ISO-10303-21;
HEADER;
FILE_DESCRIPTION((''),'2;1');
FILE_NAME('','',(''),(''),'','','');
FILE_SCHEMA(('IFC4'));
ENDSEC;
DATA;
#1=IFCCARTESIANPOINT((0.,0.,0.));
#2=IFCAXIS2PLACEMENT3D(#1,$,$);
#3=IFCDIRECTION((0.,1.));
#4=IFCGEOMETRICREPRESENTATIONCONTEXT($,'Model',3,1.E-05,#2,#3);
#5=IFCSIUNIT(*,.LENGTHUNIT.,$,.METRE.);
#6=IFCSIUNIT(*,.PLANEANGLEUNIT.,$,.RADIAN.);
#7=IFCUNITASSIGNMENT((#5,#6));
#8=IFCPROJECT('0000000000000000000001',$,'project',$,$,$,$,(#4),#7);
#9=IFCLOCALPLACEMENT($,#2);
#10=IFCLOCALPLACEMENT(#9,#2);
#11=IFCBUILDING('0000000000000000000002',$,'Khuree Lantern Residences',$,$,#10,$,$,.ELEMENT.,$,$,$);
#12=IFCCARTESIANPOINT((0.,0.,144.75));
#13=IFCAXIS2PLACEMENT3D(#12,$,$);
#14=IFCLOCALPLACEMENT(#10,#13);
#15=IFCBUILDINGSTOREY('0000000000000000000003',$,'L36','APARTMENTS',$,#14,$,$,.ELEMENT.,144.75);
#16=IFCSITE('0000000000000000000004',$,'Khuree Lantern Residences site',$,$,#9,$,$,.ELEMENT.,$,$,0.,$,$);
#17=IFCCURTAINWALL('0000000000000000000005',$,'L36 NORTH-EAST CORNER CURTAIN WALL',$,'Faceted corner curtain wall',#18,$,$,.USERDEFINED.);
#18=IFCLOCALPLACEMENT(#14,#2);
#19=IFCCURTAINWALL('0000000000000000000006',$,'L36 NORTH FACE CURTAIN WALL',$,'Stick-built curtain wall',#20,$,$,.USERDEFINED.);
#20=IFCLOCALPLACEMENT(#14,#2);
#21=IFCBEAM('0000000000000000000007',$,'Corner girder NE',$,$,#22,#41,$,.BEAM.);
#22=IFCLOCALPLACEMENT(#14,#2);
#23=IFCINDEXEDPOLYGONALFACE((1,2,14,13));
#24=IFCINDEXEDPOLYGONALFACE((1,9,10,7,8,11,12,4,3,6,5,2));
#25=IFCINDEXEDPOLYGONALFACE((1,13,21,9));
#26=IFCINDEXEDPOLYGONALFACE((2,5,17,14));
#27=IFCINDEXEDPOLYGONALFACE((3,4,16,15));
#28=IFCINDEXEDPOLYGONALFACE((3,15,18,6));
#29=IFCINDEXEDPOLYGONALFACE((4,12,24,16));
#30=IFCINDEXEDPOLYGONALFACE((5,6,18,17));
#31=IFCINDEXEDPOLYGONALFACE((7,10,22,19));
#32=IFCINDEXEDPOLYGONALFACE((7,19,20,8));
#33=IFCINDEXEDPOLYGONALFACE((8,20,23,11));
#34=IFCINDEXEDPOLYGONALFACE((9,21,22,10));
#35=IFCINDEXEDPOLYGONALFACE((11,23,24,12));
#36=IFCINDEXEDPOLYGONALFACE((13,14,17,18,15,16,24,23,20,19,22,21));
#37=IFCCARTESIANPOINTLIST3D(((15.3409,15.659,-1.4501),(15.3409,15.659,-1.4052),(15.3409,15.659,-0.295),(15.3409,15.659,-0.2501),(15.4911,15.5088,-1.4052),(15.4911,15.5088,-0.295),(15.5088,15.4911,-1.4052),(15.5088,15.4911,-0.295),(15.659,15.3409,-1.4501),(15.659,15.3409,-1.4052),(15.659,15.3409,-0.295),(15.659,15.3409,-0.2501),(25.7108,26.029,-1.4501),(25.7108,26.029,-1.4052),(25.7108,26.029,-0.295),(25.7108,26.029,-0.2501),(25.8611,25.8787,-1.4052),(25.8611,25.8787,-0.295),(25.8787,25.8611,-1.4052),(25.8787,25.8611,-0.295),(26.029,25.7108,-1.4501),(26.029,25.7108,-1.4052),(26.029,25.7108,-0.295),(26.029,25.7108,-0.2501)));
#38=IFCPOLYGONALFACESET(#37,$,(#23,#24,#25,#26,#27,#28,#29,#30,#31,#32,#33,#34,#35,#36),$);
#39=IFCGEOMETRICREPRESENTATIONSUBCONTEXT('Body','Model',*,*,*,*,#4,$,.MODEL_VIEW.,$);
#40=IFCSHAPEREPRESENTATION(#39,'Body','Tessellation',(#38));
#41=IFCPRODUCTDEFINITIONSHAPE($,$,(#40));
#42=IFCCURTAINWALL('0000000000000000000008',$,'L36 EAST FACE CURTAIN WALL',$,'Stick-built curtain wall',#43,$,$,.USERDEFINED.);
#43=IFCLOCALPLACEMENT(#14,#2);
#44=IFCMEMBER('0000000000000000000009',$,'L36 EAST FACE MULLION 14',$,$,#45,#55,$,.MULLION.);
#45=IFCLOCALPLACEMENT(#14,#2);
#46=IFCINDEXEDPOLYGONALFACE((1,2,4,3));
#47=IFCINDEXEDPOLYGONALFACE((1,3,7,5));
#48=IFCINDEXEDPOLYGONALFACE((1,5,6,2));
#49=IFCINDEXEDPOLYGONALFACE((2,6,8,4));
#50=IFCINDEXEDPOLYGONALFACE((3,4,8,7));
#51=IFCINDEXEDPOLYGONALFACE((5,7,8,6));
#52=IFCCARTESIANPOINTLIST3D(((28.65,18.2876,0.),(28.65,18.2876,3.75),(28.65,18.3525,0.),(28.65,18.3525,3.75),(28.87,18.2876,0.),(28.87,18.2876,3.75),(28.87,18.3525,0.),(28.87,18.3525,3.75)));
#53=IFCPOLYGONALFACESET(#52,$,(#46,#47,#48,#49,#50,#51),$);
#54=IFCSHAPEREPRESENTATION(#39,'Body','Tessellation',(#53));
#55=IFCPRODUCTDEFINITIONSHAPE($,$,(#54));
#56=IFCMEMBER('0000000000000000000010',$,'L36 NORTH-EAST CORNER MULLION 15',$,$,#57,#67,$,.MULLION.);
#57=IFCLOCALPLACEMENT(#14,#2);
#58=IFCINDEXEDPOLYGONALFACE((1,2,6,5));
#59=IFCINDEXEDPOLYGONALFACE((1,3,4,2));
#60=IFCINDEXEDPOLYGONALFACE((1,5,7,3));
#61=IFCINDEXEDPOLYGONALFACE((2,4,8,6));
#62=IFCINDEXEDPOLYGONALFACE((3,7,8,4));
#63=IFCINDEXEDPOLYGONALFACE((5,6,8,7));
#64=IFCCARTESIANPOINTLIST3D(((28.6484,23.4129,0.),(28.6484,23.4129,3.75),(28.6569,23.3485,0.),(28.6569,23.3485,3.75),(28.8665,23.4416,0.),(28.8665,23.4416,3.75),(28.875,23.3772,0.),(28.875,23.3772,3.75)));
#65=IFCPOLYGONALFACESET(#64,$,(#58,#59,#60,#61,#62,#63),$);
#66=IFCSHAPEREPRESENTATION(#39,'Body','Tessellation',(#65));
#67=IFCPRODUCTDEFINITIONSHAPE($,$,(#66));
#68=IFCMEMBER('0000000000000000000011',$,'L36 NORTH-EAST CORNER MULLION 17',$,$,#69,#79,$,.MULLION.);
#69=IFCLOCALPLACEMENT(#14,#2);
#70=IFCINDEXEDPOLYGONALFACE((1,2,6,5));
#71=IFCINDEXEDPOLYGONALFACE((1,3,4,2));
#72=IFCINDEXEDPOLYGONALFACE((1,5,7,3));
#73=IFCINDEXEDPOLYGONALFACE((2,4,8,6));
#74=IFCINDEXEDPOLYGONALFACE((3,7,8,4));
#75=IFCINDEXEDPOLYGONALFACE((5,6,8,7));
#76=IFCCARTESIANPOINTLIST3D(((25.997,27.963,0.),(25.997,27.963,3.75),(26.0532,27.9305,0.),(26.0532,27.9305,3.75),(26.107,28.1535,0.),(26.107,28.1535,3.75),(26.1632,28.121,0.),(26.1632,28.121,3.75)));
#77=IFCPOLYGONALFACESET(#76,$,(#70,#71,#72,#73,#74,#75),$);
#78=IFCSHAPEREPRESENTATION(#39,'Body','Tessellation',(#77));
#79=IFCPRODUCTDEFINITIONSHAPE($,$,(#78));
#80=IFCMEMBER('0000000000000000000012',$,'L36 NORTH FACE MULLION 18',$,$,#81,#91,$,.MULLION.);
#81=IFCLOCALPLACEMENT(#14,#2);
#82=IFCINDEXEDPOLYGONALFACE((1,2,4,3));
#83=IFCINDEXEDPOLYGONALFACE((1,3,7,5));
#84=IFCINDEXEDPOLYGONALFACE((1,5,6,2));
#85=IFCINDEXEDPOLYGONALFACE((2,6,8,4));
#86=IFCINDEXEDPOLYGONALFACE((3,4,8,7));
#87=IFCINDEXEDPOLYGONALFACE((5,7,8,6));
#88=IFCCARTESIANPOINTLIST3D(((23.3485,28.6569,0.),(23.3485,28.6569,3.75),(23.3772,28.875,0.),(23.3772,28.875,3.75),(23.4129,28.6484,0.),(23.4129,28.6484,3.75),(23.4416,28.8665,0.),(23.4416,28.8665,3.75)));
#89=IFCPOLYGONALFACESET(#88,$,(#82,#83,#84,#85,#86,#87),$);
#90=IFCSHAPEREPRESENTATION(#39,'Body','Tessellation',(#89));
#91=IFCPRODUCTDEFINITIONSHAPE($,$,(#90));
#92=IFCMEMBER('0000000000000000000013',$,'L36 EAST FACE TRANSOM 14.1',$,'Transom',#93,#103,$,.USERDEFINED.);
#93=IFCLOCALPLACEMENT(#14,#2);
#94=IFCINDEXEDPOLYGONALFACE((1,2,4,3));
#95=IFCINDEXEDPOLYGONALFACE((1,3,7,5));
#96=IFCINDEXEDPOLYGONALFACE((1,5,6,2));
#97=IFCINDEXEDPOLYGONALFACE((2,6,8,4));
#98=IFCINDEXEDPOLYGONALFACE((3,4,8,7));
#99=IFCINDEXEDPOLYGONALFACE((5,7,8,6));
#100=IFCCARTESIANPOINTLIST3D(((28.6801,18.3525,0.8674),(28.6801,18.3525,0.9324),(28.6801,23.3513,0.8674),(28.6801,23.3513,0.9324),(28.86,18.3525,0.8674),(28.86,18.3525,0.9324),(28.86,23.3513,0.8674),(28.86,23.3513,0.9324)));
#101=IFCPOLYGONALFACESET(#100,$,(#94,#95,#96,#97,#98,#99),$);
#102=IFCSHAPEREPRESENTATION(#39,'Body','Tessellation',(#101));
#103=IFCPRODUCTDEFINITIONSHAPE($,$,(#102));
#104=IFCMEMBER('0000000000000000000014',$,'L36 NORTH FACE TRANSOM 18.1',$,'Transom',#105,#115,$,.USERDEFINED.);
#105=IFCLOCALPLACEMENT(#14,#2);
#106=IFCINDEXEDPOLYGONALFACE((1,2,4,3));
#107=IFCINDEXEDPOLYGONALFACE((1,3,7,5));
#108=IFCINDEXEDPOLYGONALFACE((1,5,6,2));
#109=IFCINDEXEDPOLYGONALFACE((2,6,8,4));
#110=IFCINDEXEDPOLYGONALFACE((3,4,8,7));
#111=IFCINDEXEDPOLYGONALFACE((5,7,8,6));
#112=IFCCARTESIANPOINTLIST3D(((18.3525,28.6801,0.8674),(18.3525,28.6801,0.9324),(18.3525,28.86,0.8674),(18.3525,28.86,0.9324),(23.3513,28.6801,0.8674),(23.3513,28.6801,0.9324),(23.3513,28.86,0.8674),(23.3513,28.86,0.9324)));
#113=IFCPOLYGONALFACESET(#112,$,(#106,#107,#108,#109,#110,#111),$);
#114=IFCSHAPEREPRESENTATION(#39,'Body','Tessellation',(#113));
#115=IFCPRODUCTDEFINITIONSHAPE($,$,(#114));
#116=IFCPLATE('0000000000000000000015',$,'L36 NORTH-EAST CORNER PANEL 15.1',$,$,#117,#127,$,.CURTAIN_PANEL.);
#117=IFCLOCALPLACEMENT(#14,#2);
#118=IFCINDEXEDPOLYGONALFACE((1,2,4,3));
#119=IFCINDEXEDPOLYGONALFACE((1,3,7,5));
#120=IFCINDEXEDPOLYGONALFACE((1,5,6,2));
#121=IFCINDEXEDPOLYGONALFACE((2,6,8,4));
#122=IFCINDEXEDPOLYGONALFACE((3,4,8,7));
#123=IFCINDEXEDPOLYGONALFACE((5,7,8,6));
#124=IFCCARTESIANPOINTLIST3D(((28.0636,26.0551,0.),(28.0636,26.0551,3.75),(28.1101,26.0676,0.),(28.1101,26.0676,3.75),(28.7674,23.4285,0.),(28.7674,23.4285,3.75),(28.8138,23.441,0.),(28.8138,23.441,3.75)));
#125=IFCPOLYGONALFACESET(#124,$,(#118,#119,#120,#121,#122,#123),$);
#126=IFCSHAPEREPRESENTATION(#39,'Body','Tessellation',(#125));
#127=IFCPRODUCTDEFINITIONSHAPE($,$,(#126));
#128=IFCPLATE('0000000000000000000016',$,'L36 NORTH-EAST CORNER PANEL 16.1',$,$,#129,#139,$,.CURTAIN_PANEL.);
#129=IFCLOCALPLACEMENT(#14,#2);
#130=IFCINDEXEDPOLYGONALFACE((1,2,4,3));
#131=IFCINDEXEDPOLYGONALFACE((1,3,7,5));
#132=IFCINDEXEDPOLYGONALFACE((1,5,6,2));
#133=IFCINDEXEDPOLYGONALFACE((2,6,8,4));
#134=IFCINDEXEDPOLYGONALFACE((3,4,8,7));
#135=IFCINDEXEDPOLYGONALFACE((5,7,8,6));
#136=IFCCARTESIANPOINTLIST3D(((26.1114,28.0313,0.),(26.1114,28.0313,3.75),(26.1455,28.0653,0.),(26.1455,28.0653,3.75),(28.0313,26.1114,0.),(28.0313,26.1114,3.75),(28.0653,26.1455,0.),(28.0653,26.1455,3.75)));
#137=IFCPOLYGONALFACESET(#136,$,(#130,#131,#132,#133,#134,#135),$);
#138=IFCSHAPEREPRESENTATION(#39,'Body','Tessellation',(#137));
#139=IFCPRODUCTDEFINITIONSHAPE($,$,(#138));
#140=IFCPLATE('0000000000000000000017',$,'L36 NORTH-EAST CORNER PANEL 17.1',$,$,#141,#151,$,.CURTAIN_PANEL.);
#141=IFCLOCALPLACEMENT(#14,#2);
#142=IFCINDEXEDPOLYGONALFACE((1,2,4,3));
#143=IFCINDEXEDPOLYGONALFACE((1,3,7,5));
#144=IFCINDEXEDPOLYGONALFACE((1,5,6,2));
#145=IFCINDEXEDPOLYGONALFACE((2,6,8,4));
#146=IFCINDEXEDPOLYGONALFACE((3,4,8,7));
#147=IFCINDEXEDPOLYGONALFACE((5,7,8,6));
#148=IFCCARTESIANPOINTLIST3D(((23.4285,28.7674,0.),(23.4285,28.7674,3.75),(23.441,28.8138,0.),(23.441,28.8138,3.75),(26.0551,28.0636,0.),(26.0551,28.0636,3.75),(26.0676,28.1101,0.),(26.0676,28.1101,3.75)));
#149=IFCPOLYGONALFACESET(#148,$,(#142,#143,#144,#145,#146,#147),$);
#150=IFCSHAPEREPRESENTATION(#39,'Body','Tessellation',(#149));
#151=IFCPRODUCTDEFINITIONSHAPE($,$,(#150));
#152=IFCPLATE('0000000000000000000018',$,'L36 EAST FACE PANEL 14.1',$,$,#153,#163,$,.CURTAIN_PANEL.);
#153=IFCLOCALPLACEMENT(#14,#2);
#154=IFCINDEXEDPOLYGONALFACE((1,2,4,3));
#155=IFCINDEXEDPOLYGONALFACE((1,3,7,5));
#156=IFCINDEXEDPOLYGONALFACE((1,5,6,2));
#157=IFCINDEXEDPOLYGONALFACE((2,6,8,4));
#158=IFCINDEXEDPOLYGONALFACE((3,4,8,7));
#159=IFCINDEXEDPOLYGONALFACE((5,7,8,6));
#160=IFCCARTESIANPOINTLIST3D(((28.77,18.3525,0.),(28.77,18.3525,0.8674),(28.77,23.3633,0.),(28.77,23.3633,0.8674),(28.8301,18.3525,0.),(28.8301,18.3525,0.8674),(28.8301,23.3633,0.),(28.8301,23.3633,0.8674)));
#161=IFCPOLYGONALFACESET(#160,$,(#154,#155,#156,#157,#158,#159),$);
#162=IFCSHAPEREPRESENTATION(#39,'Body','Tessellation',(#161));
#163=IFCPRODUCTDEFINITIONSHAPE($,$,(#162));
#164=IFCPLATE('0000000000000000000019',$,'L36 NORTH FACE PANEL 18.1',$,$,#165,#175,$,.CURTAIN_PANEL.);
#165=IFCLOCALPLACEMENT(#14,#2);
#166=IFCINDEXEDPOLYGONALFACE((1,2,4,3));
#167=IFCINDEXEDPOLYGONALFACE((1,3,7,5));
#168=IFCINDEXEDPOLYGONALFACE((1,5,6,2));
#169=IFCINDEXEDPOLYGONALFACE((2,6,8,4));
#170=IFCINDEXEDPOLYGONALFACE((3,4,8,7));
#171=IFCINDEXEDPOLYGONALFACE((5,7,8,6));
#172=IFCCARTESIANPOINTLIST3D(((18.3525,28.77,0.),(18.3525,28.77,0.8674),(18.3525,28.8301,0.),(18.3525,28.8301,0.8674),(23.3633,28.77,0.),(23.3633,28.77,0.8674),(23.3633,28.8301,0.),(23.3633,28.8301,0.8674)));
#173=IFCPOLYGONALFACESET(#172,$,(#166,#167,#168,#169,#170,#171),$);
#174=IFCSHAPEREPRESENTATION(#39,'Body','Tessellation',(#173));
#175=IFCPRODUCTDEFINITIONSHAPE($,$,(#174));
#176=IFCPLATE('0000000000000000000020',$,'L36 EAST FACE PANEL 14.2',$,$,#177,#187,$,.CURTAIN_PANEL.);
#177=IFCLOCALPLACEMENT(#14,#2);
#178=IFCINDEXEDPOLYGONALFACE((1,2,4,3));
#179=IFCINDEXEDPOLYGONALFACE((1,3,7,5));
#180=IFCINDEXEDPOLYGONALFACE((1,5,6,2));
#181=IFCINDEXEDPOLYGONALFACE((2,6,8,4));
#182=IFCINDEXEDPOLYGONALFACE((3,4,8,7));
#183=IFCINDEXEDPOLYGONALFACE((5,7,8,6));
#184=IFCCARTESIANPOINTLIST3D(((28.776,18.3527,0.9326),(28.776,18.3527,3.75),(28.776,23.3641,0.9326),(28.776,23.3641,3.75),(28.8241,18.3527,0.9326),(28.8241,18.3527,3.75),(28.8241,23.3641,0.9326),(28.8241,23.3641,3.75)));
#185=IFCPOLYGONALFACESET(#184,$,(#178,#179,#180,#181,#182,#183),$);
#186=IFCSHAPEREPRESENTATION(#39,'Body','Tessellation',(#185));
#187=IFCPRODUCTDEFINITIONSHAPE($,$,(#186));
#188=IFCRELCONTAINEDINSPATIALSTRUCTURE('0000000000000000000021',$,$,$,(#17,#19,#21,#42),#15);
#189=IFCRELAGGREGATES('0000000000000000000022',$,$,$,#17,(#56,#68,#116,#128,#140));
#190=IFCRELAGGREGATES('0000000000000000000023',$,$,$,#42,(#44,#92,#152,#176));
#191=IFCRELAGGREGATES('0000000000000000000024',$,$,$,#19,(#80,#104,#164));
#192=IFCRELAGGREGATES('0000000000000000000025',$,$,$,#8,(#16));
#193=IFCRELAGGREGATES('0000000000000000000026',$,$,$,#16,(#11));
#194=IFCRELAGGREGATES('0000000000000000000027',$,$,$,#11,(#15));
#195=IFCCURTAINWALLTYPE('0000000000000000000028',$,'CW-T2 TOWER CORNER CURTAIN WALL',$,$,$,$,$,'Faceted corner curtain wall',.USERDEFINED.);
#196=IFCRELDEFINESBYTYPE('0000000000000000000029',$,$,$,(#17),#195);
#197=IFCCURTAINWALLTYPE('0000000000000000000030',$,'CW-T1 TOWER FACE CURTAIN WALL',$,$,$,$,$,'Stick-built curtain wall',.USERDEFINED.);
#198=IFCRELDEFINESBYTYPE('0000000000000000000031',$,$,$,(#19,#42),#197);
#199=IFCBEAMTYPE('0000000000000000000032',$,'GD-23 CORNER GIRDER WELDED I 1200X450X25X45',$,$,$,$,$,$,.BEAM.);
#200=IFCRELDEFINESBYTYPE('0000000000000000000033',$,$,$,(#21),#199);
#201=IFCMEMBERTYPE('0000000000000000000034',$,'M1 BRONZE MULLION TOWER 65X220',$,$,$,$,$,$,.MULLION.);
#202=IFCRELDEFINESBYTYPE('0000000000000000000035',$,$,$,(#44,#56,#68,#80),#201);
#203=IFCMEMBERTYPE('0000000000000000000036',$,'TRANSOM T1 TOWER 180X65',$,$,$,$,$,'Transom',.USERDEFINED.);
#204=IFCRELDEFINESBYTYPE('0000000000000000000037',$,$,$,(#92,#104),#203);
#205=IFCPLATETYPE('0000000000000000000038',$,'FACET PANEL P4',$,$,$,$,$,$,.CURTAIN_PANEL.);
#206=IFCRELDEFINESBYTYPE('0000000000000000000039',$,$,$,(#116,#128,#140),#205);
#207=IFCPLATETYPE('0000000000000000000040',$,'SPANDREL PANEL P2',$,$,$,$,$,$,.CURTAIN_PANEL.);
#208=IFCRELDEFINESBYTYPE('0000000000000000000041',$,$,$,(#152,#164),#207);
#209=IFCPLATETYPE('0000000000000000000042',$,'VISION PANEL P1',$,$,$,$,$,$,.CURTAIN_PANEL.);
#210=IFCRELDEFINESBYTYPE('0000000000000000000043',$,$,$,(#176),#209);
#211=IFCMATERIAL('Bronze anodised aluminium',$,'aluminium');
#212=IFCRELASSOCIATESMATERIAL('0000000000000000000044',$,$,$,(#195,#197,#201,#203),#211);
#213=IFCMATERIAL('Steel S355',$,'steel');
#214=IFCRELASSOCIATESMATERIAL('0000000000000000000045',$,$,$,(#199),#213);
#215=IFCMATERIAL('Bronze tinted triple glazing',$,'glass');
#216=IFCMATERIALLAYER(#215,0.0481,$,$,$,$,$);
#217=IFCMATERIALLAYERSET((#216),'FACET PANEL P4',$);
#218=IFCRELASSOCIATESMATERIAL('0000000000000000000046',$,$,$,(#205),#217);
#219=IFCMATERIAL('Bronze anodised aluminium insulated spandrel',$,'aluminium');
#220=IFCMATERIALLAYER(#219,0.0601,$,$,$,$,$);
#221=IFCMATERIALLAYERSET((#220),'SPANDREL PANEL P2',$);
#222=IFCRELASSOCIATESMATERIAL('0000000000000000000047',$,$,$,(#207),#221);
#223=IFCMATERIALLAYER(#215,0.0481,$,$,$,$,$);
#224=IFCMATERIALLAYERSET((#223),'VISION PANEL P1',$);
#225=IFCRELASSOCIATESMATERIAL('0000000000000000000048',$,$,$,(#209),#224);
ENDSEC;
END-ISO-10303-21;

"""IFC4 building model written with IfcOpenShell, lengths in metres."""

from ifc_helpers import new_model, si_unit, direction, frame, origin, origin_2d, place, context, subcontext, project, spatial, rectangle, i_section, extrude, material, layer, layer_set, material_profile, profile_set, type_object, element, aggregate, save


model = new_model("IFC4")

# Units and contexts
model_context = context("Model", 3, precision=1e-05, world=origin(), true_north=direction((0.0, 1.0)))
body_context = subcontext(model_context, "Body", "Model", "MODEL_VIEW")
ifc_project = project(units=[si_unit("LENGTHUNIT", "METRE"), si_unit("PLANEANGLEUNIT", "RADIAN")], contexts=[model_context])

# Site, building, storey
site_placement = place(None, origin())
site = spatial("IfcSite", under=ifc_project, at=site_placement, Name="Khuree Lantern Residences site", CompositionType="ELEMENT", RefElevation=0.0)
building_placement = place(site_placement, origin())
building = spatial("IfcBuilding", under=site, at=building_placement, Name="Khuree Lantern Residences", CompositionType="ELEMENT")
storey_placement = place(building_placement, frame((0.0, 0.0, 144.75)))
storey = spatial("IfcBuildingStorey", under=building, at=storey_placement, Name="L36", Description="APARTMENTS", CompositionType="ELEMENT", Elevation=144.75)

# Shared definitions
ifc_material_1 = material(Name="Steel S355", Category="steel")

# Curtain walls
ifc_material_2 = material(Name="Bronze anodised aluminium", Category="aluminium")
curtain_wall_type_1 = type_object("IfcCurtainWallType", Name="CW-T2 TOWER CORNER CURTAIN WALL", ElementType="Faceted corner curtain wall", PredefinedType="USERDEFINED", material=ifc_material_2)
curtain_wall_1_placement = place(storey_placement, origin())
curtain_wall_1 = element("IfcCurtainWall", 1, at=curtain_wall_1_placement, inside=storey, type_object=curtain_wall_type_1, Name="L36 NORTH-EAST CORNER CURTAIN WALL", ObjectType="Faceted corner curtain wall", PredefinedType="USERDEFINED")
curtain_wall_type_2 = type_object("IfcCurtainWallType", Name="CW-T1 TOWER FACE CURTAIN WALL", ElementType="Stick-built curtain wall", PredefinedType="USERDEFINED", material=ifc_material_2)
curtain_wall_2_placement = place(storey_placement, origin())
curtain_wall_2 = element("IfcCurtainWall", 2, at=curtain_wall_2_placement, inside=storey, type_object=curtain_wall_type_2, Name="L36 NORTH FACE CURTAIN WALL", ObjectType="Stick-built curtain wall", PredefinedType="USERDEFINED")

# Beam
ifc_material_profile_1 = material_profile(ifc_material_1, i_section(OverallWidth=0.45, OverallDepth=1.2, WebThickness=0.0249, FlangeThickness=0.0449, at=origin_2d()), Name="WELDED I 1200X450X25X45")
ifc_profile_set_1 = profile_set([ifc_material_profile_1], Name="Steel S355")
beam_type_1 = type_object("IfcBeamType", Name="GD-23 CORNER GIRDER WELDED I 1200X450X25X45", PredefinedType="BEAM", material=ifc_profile_set_1)
beam_1_placement = place(storey_placement, frame((25.8699, 25.8699, -0.8501), z_axis=(-0.707107, -0.707107, 0.0), x_axis=(0.707107, -0.707107, 0.0)))
element("IfcBeam", 3, at=beam_1_placement, inside=storey, type_object=beam_type_1, Name="Corner girder NE", PredefinedType="BEAM", context=body_context, shape_type="SweptSolid", body=[
    extrude(i_section(OverallWidth=0.45, OverallDepth=1.2, WebThickness=0.0249, FlangeThickness=0.0449, at=origin_2d()), origin(), (0.0, 0.0, 1.0), 14.6653),
])

# Curtain wall, member
curtain_wall_3_placement = place(storey_placement, origin())
curtain_wall_3 = element("IfcCurtainWall", 4, at=curtain_wall_3_placement, inside=storey, type_object=curtain_wall_type_2, Name="L36 EAST FACE CURTAIN WALL", ObjectType="Stick-built curtain wall", PredefinedType="USERDEFINED")
ifc_material_profile_2 = material_profile(ifc_material_2, rectangle(XDim=0.0649, YDim=0.22, at=origin_2d()), Name="M1 65X220")
ifc_profile_set_2 = profile_set([ifc_material_profile_2], Name="Bronze anodised aluminium")
member_type_1 = type_object("IfcMemberType", Name="M1 BRONZE MULLION TOWER 65X220", PredefinedType="MULLION", material=ifc_profile_set_2)
member_1_placement = place(storey_placement, frame((28.76, 18.3201, 0.0), z_axis=(0.0, 0.0, 1.0), x_axis=(0.0, 1.0, 0.0)))
member_1 = element("IfcMember", 5, at=member_1_placement, type_object=member_type_1, Name="L36 EAST FACE MULLION 14", PredefinedType="MULLION", context=body_context, shape_type="SweptSolid", body=[
    extrude(rectangle(XDim=0.0649, YDim=0.22, at=origin_2d()), origin(), (0.0, 0.0, 1.0), 3.75),
])

# Members
member_2_placement = place(storey_placement, frame((28.7617, 23.395, 0.0), z_axis=(0.0, 0.0, 1.0), x_axis=(-0.130526, 0.991445, 0.0)))
member_2 = element("IfcMember", 6, at=member_2_placement, type_object=member_type_1, Name="L36 NORTH-EAST CORNER MULLION 15", PredefinedType="MULLION", context=body_context, shape_type="SweptSolid", body=[
    extrude(rectangle(XDim=0.0649, YDim=0.22, at=origin_2d()), origin(), (0.0, 0.0, 1.0), 3.75),
])
member_3_placement = place(storey_placement, frame((26.0801, 28.042, 0.0), z_axis=(0.0, 0.0, 1.0), x_axis=(-0.866025, 0.5, 0.0)))
member_3 = element("IfcMember", 7, at=member_3_placement, type_object=member_type_1, Name="L36 NORTH-EAST CORNER MULLION 17", PredefinedType="MULLION", context=body_context, shape_type="SweptSolid", body=[
    extrude(rectangle(XDim=0.0649, YDim=0.22, at=origin_2d()), origin(), (0.0, 0.0, 1.0), 3.75),
])
member_4_placement = place(storey_placement, frame((23.395, 28.7617, 0.0), z_axis=(0.0, 0.0, 1.0), x_axis=(-0.991445, 0.130526, 0.0)))
member_4 = element("IfcMember", 8, at=member_4_placement, type_object=member_type_1, Name="L36 NORTH FACE MULLION 18", PredefinedType="MULLION", context=body_context, shape_type="SweptSolid", body=[
    extrude(rectangle(XDim=0.0649, YDim=0.22, at=origin_2d()), origin(), (0.0, 0.0, 1.0), 3.75),
])
ifc_material_profile_3 = material_profile(ifc_material_2, rectangle(XDim=0.1799, YDim=0.0649, at=origin_2d()), Name="T1 180X65")
ifc_profile_set_3 = profile_set([ifc_material_profile_3], Name="Bronze anodised aluminium")
member_type_2 = type_object("IfcMemberType", Name="TRANSOM T1 TOWER 180X65", ElementType="Transom", PredefinedType="USERDEFINED", material=ifc_profile_set_3)
member_5_placement = place(storey_placement, frame((28.77, 18.3525, 0.8999), z_axis=(0.0, 1.0, 0.0), x_axis=(-1.0, 0.0, 0.0)))
member_5 = element("IfcMember", 9, at=member_5_placement, type_object=member_type_2, Name="L36 EAST FACE TRANSOM 14.1", ObjectType="Transom", PredefinedType="USERDEFINED", context=body_context, shape_type="SweptSolid", body=[
    extrude(rectangle(XDim=0.1799, YDim=0.0649, at=origin_2d()), origin(), (0.0, 0.0, 1.0), 4.9988),
])
member_6_placement = place(storey_placement, frame((23.3513, 28.77, 0.8999), z_axis=(-1.0, 0.0, 0.0), x_axis=(0.0, -1.0, 0.0)))
member_6 = element("IfcMember", 10, at=member_6_placement, type_object=member_type_2, Name="L36 NORTH FACE TRANSOM 18.1", ObjectType="Transom", PredefinedType="USERDEFINED", context=body_context, shape_type="SweptSolid", body=[
    extrude(rectangle(XDim=0.1799, YDim=0.0649, at=origin_2d()), origin(), (0.0, 0.0, 1.0), 4.9988),
])

# Plates
ifc_material_3 = material(Name="Bronze tinted triple glazing", Category="glass")
ifc_layer_1 = layer(ifc_material_3, 0.0481)
ifc_layer_set_1 = layer_set([ifc_layer_1], Name="FACET PANEL P4")
plate_type_1 = type_object("IfcPlateType", Name="FACET PANEL P4", PredefinedType="CURTAIN_PANEL", material=ifc_layer_set_1)
plate_1_placement = place(storey_placement, frame((28.4387, 24.748, 0.0), z_axis=(0.0, 0.0, 1.0), x_axis=(-0.258819, 0.965926, 0.0)))
plate_1 = element("IfcPlate", 11, at=plate_1_placement, type_object=plate_type_1, Name="L36 NORTH-EAST CORNER PANEL 15.1", PredefinedType="CURTAIN_PANEL", context=body_context, shape_type="SweptSolid", body=[
    extrude(rectangle(XDim=2.7192, YDim=0.0481, at=origin_2d()), origin(), (0.0, 0.0, 1.0), 3.75),
])
plate_2_placement = place(storey_placement, frame((27.0884, 27.0884, 0.0), z_axis=(0.0, 0.0, 1.0), x_axis=(-0.707107, 0.707107, 0.0)))
plate_2 = element("IfcPlate", 12, at=plate_2_placement, type_object=plate_type_1, Name="L36 NORTH-EAST CORNER PANEL 16.1", PredefinedType="CURTAIN_PANEL", context=body_context, shape_type="SweptSolid", body=[
    extrude(rectangle(XDim=2.7151, YDim=0.0481, at=origin_2d()), origin(), (0.0, 0.0, 1.0), 3.75),
])
plate_3_placement = place(storey_placement, frame((24.748, 28.4387, 0.0), z_axis=(0.0, 0.0, 1.0), x_axis=(-0.965926, 0.258819, 0.0)))
plate_3 = element("IfcPlate", 13, at=plate_3_placement, type_object=plate_type_1, Name="L36 NORTH-EAST CORNER PANEL 17.1", PredefinedType="CURTAIN_PANEL", context=body_context, shape_type="SweptSolid", body=[
    extrude(rectangle(XDim=2.7192, YDim=0.0481, at=origin_2d()), origin(), (0.0, 0.0, 1.0), 3.75),
])
aggregate(curtain_wall_1, [member_2, member_3, plate_1, plate_2, plate_3])
ifc_material_4 = material(Name="Bronze anodised aluminium insulated spandrel", Category="aluminium")
ifc_layer_2 = layer(ifc_material_4, 0.0601)
ifc_layer_set_2 = layer_set([ifc_layer_2], Name="SPANDREL PANEL P2")
plate_type_2 = type_object("IfcPlateType", Name="SPANDREL PANEL P2", PredefinedType="CURTAIN_PANEL", material=ifc_layer_set_2)
plate_4_placement = place(storey_placement, frame((28.8, 20.8579, 0.0), z_axis=(0.0, 0.0, 1.0), x_axis=(0.0, 1.0, 0.0)))
plate_4 = element("IfcPlate", 14, at=plate_4_placement, type_object=plate_type_2, Name="L36 EAST FACE PANEL 14.1", PredefinedType="CURTAIN_PANEL", context=body_context, shape_type="SweptSolid", body=[
    extrude(rectangle(XDim=5.0107, YDim=0.0601, at=origin_2d()), origin(), (0.0, 0.0, 1.0), 0.8674),
])
plate_5_placement = place(storey_placement, frame((20.8579, 28.8, 0.0), z_axis=(0.0, 0.0, 1.0), x_axis=(-1.0, 0.0, 0.0)))
plate_5 = element("IfcPlate", 15, at=plate_5_placement, type_object=plate_type_2, Name="L36 NORTH FACE PANEL 18.1", PredefinedType="CURTAIN_PANEL", context=body_context, shape_type="SweptSolid", body=[
    extrude(rectangle(XDim=5.0107, YDim=0.0601, at=origin_2d()), origin(), (0.0, 0.0, 1.0), 0.8674),
])
ifc_layer_3 = layer(ifc_material_3, 0.0481)
ifc_layer_set_3 = layer_set([ifc_layer_3], Name="VISION PANEL P1")
plate_type_3 = type_object("IfcPlateType", Name="VISION PANEL P1", PredefinedType="CURTAIN_PANEL", material=ifc_layer_set_3)
plate_6_placement = place(storey_placement, frame((28.8, 20.8584, 0.9326), z_axis=(0.0, 0.0, 1.0), x_axis=(0.0, 1.0, 0.0)))
plate_6 = element("IfcPlate", 16, at=plate_6_placement, type_object=plate_type_3, Name="L36 EAST FACE PANEL 14.2", PredefinedType="CURTAIN_PANEL", context=body_context, shape_type="SweptSolid", body=[
    extrude(rectangle(XDim=5.0115, YDim=0.0481, at=origin_2d()), origin(), (0.0, 0.0, 1.0), 2.8174),
])
aggregate(curtain_wall_3, [member_1, member_5, plate_4, plate_6])
aggregate(curtain_wall_2, [member_4, member_6, plate_5])

save(model, "model.ifc")
